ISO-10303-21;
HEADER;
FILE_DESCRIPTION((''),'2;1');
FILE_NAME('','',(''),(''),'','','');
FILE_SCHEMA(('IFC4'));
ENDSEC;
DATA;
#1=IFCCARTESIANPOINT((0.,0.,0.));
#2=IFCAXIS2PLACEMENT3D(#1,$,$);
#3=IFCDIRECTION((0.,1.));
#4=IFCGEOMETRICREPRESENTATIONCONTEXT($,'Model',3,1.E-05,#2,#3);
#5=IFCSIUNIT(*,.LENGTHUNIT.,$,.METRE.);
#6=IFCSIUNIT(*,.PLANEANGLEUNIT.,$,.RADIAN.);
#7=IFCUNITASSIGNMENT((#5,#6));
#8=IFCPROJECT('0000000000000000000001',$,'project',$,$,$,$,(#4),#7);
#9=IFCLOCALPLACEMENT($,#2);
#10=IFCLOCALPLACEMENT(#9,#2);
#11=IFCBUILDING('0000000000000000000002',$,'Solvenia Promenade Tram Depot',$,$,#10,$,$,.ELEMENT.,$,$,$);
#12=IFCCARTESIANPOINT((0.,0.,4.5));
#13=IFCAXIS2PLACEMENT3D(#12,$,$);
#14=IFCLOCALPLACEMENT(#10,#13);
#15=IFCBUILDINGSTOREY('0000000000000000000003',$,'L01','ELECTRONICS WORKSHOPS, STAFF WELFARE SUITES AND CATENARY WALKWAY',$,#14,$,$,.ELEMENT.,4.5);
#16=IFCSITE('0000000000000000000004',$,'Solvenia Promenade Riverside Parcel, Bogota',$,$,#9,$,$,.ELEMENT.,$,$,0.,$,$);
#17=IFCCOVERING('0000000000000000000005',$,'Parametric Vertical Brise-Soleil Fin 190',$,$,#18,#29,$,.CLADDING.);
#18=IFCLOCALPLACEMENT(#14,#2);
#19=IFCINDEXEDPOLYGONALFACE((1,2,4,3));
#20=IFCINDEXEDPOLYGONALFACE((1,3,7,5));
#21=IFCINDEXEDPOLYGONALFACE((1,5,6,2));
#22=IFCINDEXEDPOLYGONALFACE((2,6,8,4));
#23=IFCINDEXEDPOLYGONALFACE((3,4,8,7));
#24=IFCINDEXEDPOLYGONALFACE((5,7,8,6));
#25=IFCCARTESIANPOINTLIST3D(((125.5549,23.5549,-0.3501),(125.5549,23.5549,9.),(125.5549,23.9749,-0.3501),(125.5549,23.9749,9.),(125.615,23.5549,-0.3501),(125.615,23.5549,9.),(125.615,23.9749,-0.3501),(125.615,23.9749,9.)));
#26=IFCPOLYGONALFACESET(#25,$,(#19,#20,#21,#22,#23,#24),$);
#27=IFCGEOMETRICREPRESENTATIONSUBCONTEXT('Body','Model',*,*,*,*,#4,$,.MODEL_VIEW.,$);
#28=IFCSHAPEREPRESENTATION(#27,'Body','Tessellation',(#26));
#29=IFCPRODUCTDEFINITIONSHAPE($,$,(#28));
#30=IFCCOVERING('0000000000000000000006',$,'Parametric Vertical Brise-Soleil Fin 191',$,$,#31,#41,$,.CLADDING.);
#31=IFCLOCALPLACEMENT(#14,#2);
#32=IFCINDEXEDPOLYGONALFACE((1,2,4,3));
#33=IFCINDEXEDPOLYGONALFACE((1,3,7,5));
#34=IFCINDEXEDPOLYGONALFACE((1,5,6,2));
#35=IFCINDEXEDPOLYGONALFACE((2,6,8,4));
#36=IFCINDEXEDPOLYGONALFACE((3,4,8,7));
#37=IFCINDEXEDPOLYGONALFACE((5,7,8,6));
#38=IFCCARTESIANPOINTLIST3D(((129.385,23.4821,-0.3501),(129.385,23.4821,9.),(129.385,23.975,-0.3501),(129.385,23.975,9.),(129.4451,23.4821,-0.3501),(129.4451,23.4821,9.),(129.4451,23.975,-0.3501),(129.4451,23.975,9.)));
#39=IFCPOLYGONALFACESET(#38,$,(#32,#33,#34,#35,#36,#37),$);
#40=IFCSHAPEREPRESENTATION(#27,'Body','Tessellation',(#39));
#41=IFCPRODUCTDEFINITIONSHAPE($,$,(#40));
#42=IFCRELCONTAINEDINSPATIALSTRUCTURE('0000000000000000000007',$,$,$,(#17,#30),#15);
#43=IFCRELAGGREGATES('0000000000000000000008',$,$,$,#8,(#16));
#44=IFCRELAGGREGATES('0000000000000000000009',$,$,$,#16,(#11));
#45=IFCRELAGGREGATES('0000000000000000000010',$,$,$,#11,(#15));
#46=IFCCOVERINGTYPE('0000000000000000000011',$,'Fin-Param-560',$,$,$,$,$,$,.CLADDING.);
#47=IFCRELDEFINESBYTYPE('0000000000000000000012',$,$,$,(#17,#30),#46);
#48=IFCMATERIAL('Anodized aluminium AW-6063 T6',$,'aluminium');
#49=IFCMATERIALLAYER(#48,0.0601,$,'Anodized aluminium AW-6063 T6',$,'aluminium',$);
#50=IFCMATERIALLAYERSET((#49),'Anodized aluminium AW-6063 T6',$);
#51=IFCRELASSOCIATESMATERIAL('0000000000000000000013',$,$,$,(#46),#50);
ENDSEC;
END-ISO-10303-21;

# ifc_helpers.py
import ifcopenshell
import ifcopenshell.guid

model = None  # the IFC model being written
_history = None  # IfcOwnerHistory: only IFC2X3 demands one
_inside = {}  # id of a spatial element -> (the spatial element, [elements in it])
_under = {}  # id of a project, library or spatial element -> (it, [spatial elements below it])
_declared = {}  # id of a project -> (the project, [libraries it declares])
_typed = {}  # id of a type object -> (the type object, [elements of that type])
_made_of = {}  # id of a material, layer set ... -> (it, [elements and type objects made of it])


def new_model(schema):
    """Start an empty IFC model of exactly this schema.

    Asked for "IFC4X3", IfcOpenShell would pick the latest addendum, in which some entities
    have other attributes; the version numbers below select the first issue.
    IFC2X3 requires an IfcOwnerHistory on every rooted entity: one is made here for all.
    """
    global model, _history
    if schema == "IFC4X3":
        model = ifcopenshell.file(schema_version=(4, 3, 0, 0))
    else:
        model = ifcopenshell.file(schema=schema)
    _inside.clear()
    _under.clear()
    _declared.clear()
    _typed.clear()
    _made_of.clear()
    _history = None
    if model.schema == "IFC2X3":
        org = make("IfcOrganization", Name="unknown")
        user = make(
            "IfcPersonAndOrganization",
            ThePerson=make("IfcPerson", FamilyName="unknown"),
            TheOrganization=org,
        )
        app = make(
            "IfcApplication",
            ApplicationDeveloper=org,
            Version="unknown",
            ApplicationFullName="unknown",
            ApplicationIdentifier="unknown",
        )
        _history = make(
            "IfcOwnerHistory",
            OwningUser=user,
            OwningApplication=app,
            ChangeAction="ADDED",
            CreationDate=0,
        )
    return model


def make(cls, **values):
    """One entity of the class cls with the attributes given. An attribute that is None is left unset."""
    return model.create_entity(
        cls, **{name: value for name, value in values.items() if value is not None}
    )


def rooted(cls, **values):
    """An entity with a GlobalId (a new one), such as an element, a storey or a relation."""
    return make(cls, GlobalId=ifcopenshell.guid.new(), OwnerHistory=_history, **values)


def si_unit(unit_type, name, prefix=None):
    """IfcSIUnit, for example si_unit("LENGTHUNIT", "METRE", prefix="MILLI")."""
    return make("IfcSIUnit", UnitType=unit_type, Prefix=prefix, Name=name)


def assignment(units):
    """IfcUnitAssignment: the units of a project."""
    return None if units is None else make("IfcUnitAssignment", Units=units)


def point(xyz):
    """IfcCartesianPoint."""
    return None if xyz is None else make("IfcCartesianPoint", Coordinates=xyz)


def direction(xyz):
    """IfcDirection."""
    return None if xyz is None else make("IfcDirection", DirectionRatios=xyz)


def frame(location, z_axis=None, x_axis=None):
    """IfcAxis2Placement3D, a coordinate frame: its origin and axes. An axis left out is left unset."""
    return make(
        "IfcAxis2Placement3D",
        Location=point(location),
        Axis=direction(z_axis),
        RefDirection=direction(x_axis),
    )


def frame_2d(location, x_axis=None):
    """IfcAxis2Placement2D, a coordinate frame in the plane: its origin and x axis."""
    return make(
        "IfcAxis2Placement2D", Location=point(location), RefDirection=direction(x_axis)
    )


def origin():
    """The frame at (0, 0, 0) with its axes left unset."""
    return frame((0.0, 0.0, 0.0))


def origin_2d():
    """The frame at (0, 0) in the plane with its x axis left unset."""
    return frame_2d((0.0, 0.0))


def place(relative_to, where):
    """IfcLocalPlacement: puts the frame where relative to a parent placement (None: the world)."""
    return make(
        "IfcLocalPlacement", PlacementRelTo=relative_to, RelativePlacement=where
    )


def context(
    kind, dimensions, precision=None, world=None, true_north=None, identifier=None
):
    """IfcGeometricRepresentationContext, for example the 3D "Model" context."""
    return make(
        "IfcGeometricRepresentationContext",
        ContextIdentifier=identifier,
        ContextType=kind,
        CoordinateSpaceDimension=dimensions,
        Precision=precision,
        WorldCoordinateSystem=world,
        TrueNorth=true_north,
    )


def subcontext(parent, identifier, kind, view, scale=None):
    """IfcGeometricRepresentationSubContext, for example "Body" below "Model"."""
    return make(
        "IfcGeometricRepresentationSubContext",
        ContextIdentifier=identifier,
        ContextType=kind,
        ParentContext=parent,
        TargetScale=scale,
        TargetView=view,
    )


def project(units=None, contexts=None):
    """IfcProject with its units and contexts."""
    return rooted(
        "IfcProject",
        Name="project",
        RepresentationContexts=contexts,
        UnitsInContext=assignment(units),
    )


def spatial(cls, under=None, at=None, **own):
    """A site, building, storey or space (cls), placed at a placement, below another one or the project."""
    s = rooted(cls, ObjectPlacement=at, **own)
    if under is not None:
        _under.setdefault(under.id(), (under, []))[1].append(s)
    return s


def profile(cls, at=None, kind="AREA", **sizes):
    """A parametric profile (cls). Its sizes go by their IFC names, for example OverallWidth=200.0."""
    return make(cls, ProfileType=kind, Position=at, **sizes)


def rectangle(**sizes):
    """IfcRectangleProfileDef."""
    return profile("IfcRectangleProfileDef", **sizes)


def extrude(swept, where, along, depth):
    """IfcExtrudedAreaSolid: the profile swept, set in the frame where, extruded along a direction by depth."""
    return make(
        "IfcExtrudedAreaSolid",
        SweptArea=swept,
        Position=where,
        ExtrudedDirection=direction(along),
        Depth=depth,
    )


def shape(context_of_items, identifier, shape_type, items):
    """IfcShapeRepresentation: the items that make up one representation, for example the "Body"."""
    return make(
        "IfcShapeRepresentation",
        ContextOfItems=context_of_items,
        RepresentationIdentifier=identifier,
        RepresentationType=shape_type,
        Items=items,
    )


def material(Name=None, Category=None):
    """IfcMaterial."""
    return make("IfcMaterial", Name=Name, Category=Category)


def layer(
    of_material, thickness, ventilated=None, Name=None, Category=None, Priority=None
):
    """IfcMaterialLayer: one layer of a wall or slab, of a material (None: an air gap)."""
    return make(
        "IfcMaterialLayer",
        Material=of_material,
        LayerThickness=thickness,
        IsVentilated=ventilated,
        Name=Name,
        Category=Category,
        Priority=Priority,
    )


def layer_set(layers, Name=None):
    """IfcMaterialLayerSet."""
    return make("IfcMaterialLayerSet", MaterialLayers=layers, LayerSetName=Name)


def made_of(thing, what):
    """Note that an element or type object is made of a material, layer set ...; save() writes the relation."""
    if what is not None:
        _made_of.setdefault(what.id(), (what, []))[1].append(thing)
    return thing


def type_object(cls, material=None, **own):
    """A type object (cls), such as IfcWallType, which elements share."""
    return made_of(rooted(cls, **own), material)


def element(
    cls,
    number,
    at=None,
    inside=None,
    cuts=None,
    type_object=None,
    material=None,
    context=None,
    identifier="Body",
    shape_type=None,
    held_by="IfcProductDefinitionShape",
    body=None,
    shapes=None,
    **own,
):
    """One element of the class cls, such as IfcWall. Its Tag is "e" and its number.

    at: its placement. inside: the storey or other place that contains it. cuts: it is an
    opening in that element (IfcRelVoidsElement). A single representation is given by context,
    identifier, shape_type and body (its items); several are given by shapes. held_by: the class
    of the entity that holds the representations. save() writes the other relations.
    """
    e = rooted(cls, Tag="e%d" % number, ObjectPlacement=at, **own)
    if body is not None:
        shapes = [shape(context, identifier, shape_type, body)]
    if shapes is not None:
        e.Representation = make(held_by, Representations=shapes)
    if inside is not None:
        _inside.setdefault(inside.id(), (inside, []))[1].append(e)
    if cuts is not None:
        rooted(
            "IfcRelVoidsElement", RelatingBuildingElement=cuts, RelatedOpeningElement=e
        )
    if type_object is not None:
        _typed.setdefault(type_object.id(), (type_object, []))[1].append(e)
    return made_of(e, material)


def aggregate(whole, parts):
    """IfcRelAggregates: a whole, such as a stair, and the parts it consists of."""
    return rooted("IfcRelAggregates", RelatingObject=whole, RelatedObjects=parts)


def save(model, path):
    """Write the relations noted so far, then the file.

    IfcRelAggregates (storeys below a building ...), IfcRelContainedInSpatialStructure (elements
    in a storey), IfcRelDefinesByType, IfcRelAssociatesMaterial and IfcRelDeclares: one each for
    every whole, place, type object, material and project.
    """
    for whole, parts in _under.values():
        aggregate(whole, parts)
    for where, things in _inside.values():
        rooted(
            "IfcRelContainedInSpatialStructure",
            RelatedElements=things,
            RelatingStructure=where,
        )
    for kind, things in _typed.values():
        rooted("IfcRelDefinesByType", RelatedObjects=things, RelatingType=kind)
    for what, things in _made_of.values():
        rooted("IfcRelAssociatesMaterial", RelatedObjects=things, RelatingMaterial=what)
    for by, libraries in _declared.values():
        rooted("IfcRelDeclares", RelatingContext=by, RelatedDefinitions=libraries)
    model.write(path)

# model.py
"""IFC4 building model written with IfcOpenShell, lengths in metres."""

from ifc_helpers import new_model, si_unit, direction, frame, origin, origin_2d, place, context, subcontext, project, spatial, rectangle, extrude, material, layer, layer_set, type_object, element, save


model = new_model("IFC4")

# Units and contexts
model_context = context("Model", 3, precision=1e-05, world=origin(), true_north=direction((0.0, 1.0)))
body_context = subcontext(model_context, "Body", "Model", "MODEL_VIEW")
ifc_project = project(units=[si_unit("LENGTHUNIT", "METRE"), si_unit("PLANEANGLEUNIT", "RADIAN")], contexts=[model_context])

# Site, building, storey
site_placement = place(None, origin())
site = spatial("IfcSite", under=ifc_project, at=site_placement, Name="Solvenia Promenade Riverside Parcel, Bogota", CompositionType="ELEMENT", RefElevation=0.0)
building_placement = place(site_placement, origin())
building = spatial("IfcBuilding", under=site, at=building_placement, Name="Solvenia Promenade Tram Depot", CompositionType="ELEMENT")
storey_placement = place(building_placement, frame((0.0, 0.0, 4.5)))
storey = spatial("IfcBuildingStorey", under=building, at=storey_placement, Name="L01", Description="ELECTRONICS WORKSHOPS, STAFF WELFARE SUITES AND CATENARY WALKWAY", CompositionType="ELEMENT", Elevation=4.5)

# Shared definitions
ifc_material_1 = material(Name="Anodized aluminium AW-6063 T6", Category="aluminium")

# Coverings
ifc_layer_1 = layer(ifc_material_1, 0.0601, Name="Anodized aluminium AW-6063 T6", Category="aluminium")
ifc_layer_set_1 = layer_set([ifc_layer_1], Name="Anodized aluminium AW-6063 T6")
covering_type = type_object("IfcCoveringType", Name="Fin-Param-560", PredefinedType="CLADDING", material=ifc_layer_set_1)
covering_1_placement = place(storey_placement, frame((125.585, 23.7649, -0.3501), z_axis=(0.0, 0.0, 1.0), x_axis=(1.0, 0.0, 0.0)))
element("IfcCovering", 1, at=covering_1_placement, inside=storey, type_object=covering_type, Name="Parametric Vertical Brise-Soleil Fin 190", PredefinedType="CLADDING", context=body_context, shape_type="SweptSolid", body=[
    extrude(rectangle(XDim=0.0601, YDim=0.4199, at=origin_2d()), origin(), (0.0, 0.0, 1.0), 9.3501),
])
covering_2_placement = place(storey_placement, frame((129.415, 23.7285, -0.3501), z_axis=(0.0, 0.0, 1.0), x_axis=(1.0, 0.0, 0.0)))
element("IfcCovering", 2, at=covering_2_placement, inside=storey, type_object=covering_type, Name="Parametric Vertical Brise-Soleil Fin 191", PredefinedType="CLADDING", context=body_context, shape_type="SweptSolid", body=[
    extrude(rectangle(XDim=0.0601, YDim=0.4929, at=origin_2d()), origin(), (0.0, 0.0, 1.0), 9.3501),
])

save(model, "model.ifc")
